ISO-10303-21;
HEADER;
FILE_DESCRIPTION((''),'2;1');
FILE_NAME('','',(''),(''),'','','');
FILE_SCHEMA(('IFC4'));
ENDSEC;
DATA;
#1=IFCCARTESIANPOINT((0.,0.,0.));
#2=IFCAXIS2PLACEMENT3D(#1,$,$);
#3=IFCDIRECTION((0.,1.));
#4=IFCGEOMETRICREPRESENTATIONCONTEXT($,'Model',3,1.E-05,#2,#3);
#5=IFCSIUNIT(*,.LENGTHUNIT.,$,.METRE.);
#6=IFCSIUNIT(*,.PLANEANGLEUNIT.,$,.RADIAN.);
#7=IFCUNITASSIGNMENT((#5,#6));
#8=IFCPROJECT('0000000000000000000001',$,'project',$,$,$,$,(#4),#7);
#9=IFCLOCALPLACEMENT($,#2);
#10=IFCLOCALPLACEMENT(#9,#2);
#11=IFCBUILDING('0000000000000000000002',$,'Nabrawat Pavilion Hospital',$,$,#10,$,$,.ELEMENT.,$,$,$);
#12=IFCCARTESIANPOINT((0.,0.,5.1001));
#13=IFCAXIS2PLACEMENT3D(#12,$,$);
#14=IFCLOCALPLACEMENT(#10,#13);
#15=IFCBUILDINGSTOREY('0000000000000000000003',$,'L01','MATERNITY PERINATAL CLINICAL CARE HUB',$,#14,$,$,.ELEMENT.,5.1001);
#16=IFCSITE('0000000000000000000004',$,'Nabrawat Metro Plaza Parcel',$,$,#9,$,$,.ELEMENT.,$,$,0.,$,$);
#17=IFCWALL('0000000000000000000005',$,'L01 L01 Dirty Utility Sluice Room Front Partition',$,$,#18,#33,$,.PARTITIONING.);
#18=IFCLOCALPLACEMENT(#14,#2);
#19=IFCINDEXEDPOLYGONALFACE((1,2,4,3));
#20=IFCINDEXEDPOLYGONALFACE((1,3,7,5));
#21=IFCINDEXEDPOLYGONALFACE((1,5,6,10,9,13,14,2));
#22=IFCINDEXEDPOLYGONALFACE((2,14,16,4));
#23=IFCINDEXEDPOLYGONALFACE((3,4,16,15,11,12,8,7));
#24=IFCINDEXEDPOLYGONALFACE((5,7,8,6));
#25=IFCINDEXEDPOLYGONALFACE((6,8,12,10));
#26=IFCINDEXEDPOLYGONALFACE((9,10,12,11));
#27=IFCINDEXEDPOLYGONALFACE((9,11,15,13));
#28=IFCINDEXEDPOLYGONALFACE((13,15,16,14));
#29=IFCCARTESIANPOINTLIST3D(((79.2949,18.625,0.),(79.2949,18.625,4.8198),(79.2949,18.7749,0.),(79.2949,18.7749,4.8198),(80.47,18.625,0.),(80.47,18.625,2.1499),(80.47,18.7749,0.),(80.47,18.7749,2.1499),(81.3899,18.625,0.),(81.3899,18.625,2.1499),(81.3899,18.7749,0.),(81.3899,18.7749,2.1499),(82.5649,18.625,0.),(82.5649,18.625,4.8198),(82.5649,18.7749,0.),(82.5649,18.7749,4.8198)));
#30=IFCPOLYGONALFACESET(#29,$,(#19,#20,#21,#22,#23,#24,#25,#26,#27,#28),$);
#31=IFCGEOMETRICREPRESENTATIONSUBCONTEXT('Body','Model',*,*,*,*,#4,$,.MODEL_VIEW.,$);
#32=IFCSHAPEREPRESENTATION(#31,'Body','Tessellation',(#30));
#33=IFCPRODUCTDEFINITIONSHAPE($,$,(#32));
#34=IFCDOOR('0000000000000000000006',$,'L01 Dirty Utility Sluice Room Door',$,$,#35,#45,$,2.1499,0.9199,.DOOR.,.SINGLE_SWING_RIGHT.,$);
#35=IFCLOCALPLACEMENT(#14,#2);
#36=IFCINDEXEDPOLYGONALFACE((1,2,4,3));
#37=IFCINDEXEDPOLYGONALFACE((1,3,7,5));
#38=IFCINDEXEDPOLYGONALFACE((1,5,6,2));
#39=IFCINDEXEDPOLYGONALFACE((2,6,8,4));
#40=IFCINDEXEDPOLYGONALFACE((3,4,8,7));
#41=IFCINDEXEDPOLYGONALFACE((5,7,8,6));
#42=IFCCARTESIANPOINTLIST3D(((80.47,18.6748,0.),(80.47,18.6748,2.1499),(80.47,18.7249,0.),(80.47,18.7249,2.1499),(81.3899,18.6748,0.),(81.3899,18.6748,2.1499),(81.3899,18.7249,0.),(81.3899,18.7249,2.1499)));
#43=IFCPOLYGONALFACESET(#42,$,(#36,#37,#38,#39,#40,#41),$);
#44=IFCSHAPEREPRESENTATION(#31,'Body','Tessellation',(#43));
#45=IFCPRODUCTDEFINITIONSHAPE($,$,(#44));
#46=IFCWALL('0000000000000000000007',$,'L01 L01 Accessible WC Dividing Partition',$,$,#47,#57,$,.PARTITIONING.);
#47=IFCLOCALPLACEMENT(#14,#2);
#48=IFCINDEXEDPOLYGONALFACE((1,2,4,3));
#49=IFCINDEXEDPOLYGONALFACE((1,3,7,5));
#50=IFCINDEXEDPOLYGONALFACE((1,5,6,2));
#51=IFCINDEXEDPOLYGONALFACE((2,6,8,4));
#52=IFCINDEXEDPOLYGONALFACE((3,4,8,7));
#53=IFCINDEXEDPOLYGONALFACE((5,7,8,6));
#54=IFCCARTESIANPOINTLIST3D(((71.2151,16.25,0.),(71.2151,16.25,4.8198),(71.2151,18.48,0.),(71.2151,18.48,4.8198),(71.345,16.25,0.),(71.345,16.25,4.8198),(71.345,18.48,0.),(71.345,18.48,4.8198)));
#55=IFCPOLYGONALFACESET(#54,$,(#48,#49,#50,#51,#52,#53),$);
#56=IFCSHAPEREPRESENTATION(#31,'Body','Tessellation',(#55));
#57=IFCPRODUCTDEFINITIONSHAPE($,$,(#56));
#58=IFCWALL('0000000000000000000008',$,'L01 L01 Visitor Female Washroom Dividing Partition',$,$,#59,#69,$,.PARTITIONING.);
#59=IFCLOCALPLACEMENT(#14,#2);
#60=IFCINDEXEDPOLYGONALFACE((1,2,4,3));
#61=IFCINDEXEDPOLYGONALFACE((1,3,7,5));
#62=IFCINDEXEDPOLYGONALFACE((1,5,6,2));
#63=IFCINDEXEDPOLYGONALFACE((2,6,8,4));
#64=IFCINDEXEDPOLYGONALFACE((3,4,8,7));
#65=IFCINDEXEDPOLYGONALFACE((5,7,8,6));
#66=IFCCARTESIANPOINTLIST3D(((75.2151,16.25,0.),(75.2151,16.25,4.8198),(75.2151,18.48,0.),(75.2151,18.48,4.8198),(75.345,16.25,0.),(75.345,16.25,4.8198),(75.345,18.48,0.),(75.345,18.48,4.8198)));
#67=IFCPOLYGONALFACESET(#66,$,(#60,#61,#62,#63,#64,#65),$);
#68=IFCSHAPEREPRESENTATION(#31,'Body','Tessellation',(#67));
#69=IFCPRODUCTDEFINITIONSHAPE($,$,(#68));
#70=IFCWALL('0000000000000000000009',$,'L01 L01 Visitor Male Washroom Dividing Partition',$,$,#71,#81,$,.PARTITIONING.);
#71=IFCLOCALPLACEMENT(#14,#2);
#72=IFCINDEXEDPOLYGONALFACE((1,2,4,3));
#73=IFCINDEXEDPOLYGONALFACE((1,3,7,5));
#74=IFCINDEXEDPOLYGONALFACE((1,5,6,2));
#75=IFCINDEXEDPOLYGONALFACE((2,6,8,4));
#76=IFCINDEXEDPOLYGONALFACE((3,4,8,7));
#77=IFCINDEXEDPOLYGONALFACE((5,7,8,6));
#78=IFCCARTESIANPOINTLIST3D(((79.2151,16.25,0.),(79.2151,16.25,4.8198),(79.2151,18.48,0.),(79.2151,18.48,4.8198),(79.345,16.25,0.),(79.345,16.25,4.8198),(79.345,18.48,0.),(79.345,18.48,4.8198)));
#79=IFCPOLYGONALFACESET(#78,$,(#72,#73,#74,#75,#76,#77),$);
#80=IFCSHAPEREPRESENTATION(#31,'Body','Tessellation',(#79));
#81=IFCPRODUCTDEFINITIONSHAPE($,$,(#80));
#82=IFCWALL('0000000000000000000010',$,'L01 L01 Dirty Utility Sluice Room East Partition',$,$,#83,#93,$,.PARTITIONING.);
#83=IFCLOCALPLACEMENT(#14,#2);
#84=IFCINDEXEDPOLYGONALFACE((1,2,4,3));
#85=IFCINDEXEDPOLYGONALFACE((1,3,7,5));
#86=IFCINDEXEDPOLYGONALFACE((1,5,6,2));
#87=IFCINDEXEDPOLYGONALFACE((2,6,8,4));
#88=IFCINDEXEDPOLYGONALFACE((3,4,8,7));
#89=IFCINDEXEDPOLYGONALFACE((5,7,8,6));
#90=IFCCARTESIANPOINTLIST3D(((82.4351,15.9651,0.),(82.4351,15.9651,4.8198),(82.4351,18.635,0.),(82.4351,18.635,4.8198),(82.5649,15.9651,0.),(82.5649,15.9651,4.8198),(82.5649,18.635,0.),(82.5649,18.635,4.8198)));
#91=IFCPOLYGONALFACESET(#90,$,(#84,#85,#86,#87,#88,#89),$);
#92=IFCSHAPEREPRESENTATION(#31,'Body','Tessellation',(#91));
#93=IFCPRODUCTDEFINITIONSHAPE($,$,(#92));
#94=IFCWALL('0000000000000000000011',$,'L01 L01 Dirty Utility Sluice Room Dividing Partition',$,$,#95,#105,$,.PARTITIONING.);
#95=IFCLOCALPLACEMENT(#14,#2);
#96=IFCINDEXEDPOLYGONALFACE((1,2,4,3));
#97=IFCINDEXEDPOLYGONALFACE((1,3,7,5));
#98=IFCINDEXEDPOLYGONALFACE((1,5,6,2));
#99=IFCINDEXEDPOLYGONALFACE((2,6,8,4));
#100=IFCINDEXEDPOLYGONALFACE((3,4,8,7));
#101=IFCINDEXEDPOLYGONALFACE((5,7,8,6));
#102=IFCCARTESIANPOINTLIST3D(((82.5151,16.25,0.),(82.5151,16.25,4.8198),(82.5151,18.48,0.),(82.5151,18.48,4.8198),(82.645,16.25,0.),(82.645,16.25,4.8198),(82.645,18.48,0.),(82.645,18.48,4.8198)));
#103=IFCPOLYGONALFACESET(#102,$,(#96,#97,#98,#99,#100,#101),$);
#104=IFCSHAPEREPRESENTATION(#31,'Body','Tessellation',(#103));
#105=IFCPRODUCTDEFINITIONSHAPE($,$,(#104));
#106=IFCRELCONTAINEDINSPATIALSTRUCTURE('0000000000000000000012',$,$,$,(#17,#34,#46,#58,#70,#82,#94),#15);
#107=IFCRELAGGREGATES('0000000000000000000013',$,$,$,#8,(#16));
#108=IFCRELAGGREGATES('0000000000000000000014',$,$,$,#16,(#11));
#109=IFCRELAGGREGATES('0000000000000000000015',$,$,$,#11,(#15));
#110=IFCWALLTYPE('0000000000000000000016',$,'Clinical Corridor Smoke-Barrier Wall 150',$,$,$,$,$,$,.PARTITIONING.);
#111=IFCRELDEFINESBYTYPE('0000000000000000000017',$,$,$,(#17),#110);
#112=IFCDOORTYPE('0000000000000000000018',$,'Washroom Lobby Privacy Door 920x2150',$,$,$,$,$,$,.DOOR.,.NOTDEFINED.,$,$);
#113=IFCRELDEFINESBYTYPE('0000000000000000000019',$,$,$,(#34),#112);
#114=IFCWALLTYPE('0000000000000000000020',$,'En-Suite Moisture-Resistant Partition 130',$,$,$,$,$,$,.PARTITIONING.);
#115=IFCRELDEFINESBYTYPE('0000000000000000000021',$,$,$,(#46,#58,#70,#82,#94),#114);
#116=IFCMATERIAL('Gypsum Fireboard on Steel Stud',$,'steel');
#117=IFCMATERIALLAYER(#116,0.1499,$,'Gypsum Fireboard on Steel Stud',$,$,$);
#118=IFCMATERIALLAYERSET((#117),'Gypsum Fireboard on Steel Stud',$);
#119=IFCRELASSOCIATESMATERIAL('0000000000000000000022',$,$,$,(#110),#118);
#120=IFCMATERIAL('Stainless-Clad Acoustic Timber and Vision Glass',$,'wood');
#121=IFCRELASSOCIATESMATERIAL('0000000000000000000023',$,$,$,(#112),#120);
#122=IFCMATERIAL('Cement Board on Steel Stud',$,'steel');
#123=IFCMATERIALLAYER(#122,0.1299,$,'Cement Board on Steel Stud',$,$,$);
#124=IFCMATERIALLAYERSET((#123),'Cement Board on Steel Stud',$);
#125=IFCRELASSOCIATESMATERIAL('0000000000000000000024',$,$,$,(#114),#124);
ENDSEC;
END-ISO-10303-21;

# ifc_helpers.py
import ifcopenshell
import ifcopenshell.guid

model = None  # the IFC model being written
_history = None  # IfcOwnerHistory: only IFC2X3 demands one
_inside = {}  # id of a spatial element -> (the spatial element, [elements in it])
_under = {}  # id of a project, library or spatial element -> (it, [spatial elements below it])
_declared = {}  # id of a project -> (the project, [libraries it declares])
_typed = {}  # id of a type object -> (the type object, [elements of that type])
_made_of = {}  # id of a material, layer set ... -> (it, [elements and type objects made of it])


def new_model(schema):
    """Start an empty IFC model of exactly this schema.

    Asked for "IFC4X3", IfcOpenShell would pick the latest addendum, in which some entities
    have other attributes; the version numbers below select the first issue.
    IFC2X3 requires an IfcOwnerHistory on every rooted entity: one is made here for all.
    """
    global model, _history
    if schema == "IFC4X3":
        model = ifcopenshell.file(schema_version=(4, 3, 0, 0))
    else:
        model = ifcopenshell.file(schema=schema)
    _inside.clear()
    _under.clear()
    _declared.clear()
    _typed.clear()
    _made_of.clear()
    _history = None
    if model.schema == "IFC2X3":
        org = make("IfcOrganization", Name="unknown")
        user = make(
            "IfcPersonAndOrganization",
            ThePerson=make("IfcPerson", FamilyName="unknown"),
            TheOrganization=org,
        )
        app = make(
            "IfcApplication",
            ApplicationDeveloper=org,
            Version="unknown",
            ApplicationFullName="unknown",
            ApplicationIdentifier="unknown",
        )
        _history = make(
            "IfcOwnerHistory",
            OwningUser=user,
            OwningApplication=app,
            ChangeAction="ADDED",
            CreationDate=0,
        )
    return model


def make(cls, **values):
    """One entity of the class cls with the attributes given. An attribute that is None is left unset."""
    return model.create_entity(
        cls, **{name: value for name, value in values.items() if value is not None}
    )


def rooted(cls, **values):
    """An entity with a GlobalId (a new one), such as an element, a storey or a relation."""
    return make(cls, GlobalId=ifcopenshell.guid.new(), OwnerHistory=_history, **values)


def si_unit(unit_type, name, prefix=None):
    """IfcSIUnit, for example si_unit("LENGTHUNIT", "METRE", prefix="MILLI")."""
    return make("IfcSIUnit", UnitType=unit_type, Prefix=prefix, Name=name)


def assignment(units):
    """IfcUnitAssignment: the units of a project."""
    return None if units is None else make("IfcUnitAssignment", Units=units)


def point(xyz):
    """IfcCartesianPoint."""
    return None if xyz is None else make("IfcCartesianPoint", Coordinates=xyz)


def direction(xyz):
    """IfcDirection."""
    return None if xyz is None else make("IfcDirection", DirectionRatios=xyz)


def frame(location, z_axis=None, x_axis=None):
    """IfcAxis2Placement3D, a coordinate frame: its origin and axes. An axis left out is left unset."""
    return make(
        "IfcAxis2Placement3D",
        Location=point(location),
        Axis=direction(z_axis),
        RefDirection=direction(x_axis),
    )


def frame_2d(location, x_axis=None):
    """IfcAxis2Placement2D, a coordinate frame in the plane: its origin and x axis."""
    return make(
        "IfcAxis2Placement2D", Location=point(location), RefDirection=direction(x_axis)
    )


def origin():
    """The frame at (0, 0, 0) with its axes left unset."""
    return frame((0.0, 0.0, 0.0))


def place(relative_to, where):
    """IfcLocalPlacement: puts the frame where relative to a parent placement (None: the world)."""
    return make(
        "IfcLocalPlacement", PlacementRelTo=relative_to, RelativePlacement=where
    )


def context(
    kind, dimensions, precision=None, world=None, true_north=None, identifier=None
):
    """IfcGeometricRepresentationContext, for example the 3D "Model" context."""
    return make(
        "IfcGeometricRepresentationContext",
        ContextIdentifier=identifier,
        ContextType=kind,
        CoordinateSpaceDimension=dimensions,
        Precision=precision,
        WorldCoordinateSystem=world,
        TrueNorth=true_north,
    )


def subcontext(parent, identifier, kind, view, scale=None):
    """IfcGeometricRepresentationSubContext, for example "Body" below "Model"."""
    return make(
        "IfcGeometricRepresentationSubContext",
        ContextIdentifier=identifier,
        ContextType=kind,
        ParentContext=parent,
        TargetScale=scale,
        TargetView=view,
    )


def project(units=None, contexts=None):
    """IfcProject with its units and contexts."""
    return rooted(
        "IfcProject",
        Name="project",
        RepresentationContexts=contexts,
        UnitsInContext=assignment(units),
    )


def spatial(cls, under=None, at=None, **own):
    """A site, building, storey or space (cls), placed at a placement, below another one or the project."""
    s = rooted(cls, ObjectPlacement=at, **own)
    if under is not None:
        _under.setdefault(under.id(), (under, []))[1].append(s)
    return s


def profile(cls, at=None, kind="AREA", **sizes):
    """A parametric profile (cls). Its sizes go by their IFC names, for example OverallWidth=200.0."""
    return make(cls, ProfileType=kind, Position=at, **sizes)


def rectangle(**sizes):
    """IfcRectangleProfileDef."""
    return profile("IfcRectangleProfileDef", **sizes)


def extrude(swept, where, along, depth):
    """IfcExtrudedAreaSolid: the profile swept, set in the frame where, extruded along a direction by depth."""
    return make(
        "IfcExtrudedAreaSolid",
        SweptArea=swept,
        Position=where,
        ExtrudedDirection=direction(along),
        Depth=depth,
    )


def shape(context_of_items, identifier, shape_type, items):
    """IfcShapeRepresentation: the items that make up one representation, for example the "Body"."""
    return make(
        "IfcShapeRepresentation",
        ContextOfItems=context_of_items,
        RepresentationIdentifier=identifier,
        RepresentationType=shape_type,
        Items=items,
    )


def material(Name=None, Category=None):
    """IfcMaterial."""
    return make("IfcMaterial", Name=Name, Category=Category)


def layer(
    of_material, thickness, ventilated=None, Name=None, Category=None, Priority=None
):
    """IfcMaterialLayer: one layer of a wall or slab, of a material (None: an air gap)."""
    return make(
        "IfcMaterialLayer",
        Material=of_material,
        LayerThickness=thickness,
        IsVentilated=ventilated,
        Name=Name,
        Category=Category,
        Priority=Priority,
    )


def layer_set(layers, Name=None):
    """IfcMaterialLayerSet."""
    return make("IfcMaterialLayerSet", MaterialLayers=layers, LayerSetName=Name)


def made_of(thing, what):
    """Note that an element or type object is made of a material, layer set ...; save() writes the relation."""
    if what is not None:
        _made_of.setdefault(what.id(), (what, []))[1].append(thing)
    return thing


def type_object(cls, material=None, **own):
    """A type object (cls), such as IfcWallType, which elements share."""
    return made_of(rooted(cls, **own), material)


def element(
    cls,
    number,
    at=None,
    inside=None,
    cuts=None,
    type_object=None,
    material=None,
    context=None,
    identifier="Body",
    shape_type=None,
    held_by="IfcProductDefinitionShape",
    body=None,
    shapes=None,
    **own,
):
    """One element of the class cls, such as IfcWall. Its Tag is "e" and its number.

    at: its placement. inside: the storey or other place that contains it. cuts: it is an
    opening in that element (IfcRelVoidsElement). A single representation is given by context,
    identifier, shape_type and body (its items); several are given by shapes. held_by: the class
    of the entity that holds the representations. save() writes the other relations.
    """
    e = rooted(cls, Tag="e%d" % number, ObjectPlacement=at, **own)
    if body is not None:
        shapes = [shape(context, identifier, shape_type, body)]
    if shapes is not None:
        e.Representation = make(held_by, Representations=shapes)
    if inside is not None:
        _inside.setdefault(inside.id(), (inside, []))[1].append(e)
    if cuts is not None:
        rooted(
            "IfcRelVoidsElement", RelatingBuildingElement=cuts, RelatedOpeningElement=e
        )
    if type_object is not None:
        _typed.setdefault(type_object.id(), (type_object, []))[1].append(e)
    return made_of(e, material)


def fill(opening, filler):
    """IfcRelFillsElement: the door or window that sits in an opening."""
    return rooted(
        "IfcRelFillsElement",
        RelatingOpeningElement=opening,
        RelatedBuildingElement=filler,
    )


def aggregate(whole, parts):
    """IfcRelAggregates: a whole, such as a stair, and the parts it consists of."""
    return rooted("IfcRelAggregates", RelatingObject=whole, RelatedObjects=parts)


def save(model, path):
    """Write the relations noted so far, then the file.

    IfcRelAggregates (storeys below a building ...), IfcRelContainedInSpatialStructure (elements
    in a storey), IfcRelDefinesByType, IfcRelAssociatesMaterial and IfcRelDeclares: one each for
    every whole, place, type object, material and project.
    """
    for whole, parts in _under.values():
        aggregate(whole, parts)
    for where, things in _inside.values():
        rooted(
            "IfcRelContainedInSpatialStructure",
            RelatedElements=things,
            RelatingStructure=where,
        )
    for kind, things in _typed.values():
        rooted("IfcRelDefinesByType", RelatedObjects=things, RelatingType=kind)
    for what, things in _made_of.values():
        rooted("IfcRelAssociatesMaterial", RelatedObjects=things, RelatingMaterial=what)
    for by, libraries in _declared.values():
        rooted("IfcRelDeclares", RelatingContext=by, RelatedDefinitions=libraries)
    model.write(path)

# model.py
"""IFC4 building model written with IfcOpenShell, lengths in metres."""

from ifc_helpers import new_model, si_unit, direction, frame, frame_2d, origin, place, context, subcontext, project, spatial, rectangle, extrude, material, layer, layer_set, type_object, element, fill, save


model = new_model("IFC4")

# Units and contexts
model_context = context("Model", 3, precision=1e-05, world=origin(), true_north=direction((0.0, 1.0)))
body_context = subcontext(model_context, "Body", "Model", "MODEL_VIEW")
ifc_project = project(units=[si_unit("LENGTHUNIT", "METRE"), si_unit("PLANEANGLEUNIT", "RADIAN")], contexts=[model_context])

# Site, building, storey
site_placement = place(None, origin())
site = spatial("IfcSite", under=ifc_project, at=site_placement, Name="Nabrawat Metro Plaza Parcel", CompositionType="ELEMENT", RefElevation=0.0)
building_placement = place(site_placement, origin())
building = spatial("IfcBuilding", under=site, at=building_placement, Name="Nabrawat Pavilion Hospital", CompositionType="ELEMENT")
storey_placement = place(building_placement, frame((0.0, 0.0, 5.1001)))
storey = spatial("IfcBuildingStorey", under=building, at=storey_placement, Name="L01", Description="MATERNITY PERINATAL CLINICAL CARE HUB", CompositionType="ELEMENT", Elevation=5.1001)

# Wall, opening, door
ifc_material_1 = material(Name="Gypsum Fireboard on Steel Stud", Category="steel")
ifc_layer_1 = layer(ifc_material_1, 0.1499, Name="Gypsum Fireboard on Steel Stud")
ifc_layer_set_1 = layer_set([ifc_layer_1], Name="Gypsum Fireboard on Steel Stud")
wall_type_1 = type_object("IfcWallType", Name="Clinical Corridor Smoke-Barrier Wall 150", PredefinedType="PARTITIONING", material=ifc_layer_set_1)
ifc_material_2 = material(Name="Stainless-Clad Acoustic Timber and Vision Glass", Category="wood")
door_type_1 = type_object("IfcDoorType", Name="Washroom Lobby Privacy Door 920x2150", OperationType="NOTDEFINED", PredefinedType="DOOR", material=ifc_material_2)
wall_1_placement = place(storey_placement, frame((79.2949, 18.7, 0.0), z_axis=(0.0, 0.0, 1.0), x_axis=(1.0, 0.0, 0.0)))
wall_1 = element("IfcWall", 1, at=wall_1_placement, inside=storey, type_object=wall_type_1, Name="L01 L01 Dirty Utility Sluice Room Front Partition", PredefinedType="PARTITIONING", context=body_context, shape_type="SweptSolid", body=[
    extrude(rectangle(XDim=3.27, YDim=0.1499, at=frame_2d((1.635, 0.0))), origin(), (0.0, 0.0, 1.0), 4.8198),
])
opening_1_placement = place(wall_1_placement, frame((1.175, 0.0, 0.0)))
opening_1 = element("IfcOpeningElement", 2, at=opening_1_placement, cuts=wall_1, PredefinedType="OPENING", context=body_context, shape_type="SweptSolid", body=[
    extrude(rectangle(XDim=0.9199, YDim=2.1499, at=frame_2d((0.46, 1.075))), frame((0.0, 0.085, 0.0), z_axis=(0.0, -1.0, 0.0), x_axis=(1.0, 0.0, 0.0)), (0.0, 0.0, 1.0), 0.1699),
])
door_1_placement = place(opening_1_placement, origin())
door_1 = element("IfcDoor", 3, at=door_1_placement, inside=storey, type_object=door_type_1, Name="L01 Dirty Utility Sluice Room Door", OperationType="SINGLE_SWING_RIGHT", OverallHeight=2.1499, OverallWidth=0.9199, PredefinedType="DOOR", context=body_context, shape_type="SweptSolid", body=[
    extrude(rectangle(XDim=0.9199, YDim=2.1499, at=frame_2d((0.46, 1.075))), frame((0.0, 0.0249, 0.0), z_axis=(0.0, -1.0, 0.0), x_axis=(1.0, 0.0, 0.0)), (0.0, 0.0, 1.0), 0.05),
])
fill(opening_1, door_1)

# Walls
ifc_material_3 = material(Name="Cement Board on Steel Stud", Category="steel")
ifc_layer_2 = layer(ifc_material_3, 0.1299, Name="Cement Board on Steel Stud")
ifc_layer_set_2 = layer_set([ifc_layer_2], Name="Cement Board on Steel Stud")
wall_type_2 = type_object("IfcWallType", Name="En-Suite Moisture-Resistant Partition 130", PredefinedType="PARTITIONING", material=ifc_layer_set_2)
for number, where, z_axis, x_axis, name in (
    (4, (71.28, 16.25, 0.0), (0.0, 0.0, 1.0), (0.0, 1.0, 0.0), "L01 L01 Accessible WC Dividing Partition"),
    (5, (75.28, 16.25, 0.0), (0.0, 0.0, 1.0), (0.0, 1.0, 0.0), "L01 L01 Visitor Female Washroom Dividing Partition"),
    (6, (79.28, 16.25, 0.0), (0.0, 0.0, 1.0), (0.0, 1.0, 0.0), "L01 L01 Visitor Male Washroom Dividing Partition"),
):
    element("IfcWall", number, at=place(storey_placement, frame(where, z_axis=z_axis, x_axis=x_axis)), inside=storey, type_object=wall_type_2, Name=name, PredefinedType="PARTITIONING", context=body_context, shape_type="SweptSolid", body=[
        extrude(rectangle(XDim=2.23, YDim=0.1299, at=frame_2d((1.115, 0.0))), origin(), (0.0, 0.0, 1.0), 4.8198),
    ])
wall_2_placement = place(storey_placement, frame((82.5, 15.9651, 0.0), z_axis=(0.0, 0.0, 1.0), x_axis=(0.0, 1.0, 0.0)))
element("IfcWall", 7, at=wall_2_placement, inside=storey, type_object=wall_type_2, Name="L01 L01 Dirty Utility Sluice Room East Partition", PredefinedType="PARTITIONING", context=body_context, shape_type="SweptSolid", body=[
    extrude(rectangle(XDim=2.6699, YDim=0.1299, at=frame_2d((1.335, 0.0))), origin(), (0.0, 0.0, 1.0), 4.8198),
])
wall_3_placement = place(storey_placement, frame((82.5801, 16.25, 0.0), z_axis=(0.0, 0.0, 1.0), x_axis=(0.0, 1.0, 0.0)))
element("IfcWall", 8, at=wall_3_placement, inside=storey, type_object=wall_type_2, Name="L01 L01 Dirty Utility Sluice Room Dividing Partition", PredefinedType="PARTITIONING", context=body_context, shape_type="SweptSolid", body=[
    extrude(rectangle(XDim=2.23, YDim=0.1299, at=frame_2d((1.115, 0.0))), origin(), (0.0, 0.0, 1.0), 4.8198),
])

save(model, "model.ifc")
